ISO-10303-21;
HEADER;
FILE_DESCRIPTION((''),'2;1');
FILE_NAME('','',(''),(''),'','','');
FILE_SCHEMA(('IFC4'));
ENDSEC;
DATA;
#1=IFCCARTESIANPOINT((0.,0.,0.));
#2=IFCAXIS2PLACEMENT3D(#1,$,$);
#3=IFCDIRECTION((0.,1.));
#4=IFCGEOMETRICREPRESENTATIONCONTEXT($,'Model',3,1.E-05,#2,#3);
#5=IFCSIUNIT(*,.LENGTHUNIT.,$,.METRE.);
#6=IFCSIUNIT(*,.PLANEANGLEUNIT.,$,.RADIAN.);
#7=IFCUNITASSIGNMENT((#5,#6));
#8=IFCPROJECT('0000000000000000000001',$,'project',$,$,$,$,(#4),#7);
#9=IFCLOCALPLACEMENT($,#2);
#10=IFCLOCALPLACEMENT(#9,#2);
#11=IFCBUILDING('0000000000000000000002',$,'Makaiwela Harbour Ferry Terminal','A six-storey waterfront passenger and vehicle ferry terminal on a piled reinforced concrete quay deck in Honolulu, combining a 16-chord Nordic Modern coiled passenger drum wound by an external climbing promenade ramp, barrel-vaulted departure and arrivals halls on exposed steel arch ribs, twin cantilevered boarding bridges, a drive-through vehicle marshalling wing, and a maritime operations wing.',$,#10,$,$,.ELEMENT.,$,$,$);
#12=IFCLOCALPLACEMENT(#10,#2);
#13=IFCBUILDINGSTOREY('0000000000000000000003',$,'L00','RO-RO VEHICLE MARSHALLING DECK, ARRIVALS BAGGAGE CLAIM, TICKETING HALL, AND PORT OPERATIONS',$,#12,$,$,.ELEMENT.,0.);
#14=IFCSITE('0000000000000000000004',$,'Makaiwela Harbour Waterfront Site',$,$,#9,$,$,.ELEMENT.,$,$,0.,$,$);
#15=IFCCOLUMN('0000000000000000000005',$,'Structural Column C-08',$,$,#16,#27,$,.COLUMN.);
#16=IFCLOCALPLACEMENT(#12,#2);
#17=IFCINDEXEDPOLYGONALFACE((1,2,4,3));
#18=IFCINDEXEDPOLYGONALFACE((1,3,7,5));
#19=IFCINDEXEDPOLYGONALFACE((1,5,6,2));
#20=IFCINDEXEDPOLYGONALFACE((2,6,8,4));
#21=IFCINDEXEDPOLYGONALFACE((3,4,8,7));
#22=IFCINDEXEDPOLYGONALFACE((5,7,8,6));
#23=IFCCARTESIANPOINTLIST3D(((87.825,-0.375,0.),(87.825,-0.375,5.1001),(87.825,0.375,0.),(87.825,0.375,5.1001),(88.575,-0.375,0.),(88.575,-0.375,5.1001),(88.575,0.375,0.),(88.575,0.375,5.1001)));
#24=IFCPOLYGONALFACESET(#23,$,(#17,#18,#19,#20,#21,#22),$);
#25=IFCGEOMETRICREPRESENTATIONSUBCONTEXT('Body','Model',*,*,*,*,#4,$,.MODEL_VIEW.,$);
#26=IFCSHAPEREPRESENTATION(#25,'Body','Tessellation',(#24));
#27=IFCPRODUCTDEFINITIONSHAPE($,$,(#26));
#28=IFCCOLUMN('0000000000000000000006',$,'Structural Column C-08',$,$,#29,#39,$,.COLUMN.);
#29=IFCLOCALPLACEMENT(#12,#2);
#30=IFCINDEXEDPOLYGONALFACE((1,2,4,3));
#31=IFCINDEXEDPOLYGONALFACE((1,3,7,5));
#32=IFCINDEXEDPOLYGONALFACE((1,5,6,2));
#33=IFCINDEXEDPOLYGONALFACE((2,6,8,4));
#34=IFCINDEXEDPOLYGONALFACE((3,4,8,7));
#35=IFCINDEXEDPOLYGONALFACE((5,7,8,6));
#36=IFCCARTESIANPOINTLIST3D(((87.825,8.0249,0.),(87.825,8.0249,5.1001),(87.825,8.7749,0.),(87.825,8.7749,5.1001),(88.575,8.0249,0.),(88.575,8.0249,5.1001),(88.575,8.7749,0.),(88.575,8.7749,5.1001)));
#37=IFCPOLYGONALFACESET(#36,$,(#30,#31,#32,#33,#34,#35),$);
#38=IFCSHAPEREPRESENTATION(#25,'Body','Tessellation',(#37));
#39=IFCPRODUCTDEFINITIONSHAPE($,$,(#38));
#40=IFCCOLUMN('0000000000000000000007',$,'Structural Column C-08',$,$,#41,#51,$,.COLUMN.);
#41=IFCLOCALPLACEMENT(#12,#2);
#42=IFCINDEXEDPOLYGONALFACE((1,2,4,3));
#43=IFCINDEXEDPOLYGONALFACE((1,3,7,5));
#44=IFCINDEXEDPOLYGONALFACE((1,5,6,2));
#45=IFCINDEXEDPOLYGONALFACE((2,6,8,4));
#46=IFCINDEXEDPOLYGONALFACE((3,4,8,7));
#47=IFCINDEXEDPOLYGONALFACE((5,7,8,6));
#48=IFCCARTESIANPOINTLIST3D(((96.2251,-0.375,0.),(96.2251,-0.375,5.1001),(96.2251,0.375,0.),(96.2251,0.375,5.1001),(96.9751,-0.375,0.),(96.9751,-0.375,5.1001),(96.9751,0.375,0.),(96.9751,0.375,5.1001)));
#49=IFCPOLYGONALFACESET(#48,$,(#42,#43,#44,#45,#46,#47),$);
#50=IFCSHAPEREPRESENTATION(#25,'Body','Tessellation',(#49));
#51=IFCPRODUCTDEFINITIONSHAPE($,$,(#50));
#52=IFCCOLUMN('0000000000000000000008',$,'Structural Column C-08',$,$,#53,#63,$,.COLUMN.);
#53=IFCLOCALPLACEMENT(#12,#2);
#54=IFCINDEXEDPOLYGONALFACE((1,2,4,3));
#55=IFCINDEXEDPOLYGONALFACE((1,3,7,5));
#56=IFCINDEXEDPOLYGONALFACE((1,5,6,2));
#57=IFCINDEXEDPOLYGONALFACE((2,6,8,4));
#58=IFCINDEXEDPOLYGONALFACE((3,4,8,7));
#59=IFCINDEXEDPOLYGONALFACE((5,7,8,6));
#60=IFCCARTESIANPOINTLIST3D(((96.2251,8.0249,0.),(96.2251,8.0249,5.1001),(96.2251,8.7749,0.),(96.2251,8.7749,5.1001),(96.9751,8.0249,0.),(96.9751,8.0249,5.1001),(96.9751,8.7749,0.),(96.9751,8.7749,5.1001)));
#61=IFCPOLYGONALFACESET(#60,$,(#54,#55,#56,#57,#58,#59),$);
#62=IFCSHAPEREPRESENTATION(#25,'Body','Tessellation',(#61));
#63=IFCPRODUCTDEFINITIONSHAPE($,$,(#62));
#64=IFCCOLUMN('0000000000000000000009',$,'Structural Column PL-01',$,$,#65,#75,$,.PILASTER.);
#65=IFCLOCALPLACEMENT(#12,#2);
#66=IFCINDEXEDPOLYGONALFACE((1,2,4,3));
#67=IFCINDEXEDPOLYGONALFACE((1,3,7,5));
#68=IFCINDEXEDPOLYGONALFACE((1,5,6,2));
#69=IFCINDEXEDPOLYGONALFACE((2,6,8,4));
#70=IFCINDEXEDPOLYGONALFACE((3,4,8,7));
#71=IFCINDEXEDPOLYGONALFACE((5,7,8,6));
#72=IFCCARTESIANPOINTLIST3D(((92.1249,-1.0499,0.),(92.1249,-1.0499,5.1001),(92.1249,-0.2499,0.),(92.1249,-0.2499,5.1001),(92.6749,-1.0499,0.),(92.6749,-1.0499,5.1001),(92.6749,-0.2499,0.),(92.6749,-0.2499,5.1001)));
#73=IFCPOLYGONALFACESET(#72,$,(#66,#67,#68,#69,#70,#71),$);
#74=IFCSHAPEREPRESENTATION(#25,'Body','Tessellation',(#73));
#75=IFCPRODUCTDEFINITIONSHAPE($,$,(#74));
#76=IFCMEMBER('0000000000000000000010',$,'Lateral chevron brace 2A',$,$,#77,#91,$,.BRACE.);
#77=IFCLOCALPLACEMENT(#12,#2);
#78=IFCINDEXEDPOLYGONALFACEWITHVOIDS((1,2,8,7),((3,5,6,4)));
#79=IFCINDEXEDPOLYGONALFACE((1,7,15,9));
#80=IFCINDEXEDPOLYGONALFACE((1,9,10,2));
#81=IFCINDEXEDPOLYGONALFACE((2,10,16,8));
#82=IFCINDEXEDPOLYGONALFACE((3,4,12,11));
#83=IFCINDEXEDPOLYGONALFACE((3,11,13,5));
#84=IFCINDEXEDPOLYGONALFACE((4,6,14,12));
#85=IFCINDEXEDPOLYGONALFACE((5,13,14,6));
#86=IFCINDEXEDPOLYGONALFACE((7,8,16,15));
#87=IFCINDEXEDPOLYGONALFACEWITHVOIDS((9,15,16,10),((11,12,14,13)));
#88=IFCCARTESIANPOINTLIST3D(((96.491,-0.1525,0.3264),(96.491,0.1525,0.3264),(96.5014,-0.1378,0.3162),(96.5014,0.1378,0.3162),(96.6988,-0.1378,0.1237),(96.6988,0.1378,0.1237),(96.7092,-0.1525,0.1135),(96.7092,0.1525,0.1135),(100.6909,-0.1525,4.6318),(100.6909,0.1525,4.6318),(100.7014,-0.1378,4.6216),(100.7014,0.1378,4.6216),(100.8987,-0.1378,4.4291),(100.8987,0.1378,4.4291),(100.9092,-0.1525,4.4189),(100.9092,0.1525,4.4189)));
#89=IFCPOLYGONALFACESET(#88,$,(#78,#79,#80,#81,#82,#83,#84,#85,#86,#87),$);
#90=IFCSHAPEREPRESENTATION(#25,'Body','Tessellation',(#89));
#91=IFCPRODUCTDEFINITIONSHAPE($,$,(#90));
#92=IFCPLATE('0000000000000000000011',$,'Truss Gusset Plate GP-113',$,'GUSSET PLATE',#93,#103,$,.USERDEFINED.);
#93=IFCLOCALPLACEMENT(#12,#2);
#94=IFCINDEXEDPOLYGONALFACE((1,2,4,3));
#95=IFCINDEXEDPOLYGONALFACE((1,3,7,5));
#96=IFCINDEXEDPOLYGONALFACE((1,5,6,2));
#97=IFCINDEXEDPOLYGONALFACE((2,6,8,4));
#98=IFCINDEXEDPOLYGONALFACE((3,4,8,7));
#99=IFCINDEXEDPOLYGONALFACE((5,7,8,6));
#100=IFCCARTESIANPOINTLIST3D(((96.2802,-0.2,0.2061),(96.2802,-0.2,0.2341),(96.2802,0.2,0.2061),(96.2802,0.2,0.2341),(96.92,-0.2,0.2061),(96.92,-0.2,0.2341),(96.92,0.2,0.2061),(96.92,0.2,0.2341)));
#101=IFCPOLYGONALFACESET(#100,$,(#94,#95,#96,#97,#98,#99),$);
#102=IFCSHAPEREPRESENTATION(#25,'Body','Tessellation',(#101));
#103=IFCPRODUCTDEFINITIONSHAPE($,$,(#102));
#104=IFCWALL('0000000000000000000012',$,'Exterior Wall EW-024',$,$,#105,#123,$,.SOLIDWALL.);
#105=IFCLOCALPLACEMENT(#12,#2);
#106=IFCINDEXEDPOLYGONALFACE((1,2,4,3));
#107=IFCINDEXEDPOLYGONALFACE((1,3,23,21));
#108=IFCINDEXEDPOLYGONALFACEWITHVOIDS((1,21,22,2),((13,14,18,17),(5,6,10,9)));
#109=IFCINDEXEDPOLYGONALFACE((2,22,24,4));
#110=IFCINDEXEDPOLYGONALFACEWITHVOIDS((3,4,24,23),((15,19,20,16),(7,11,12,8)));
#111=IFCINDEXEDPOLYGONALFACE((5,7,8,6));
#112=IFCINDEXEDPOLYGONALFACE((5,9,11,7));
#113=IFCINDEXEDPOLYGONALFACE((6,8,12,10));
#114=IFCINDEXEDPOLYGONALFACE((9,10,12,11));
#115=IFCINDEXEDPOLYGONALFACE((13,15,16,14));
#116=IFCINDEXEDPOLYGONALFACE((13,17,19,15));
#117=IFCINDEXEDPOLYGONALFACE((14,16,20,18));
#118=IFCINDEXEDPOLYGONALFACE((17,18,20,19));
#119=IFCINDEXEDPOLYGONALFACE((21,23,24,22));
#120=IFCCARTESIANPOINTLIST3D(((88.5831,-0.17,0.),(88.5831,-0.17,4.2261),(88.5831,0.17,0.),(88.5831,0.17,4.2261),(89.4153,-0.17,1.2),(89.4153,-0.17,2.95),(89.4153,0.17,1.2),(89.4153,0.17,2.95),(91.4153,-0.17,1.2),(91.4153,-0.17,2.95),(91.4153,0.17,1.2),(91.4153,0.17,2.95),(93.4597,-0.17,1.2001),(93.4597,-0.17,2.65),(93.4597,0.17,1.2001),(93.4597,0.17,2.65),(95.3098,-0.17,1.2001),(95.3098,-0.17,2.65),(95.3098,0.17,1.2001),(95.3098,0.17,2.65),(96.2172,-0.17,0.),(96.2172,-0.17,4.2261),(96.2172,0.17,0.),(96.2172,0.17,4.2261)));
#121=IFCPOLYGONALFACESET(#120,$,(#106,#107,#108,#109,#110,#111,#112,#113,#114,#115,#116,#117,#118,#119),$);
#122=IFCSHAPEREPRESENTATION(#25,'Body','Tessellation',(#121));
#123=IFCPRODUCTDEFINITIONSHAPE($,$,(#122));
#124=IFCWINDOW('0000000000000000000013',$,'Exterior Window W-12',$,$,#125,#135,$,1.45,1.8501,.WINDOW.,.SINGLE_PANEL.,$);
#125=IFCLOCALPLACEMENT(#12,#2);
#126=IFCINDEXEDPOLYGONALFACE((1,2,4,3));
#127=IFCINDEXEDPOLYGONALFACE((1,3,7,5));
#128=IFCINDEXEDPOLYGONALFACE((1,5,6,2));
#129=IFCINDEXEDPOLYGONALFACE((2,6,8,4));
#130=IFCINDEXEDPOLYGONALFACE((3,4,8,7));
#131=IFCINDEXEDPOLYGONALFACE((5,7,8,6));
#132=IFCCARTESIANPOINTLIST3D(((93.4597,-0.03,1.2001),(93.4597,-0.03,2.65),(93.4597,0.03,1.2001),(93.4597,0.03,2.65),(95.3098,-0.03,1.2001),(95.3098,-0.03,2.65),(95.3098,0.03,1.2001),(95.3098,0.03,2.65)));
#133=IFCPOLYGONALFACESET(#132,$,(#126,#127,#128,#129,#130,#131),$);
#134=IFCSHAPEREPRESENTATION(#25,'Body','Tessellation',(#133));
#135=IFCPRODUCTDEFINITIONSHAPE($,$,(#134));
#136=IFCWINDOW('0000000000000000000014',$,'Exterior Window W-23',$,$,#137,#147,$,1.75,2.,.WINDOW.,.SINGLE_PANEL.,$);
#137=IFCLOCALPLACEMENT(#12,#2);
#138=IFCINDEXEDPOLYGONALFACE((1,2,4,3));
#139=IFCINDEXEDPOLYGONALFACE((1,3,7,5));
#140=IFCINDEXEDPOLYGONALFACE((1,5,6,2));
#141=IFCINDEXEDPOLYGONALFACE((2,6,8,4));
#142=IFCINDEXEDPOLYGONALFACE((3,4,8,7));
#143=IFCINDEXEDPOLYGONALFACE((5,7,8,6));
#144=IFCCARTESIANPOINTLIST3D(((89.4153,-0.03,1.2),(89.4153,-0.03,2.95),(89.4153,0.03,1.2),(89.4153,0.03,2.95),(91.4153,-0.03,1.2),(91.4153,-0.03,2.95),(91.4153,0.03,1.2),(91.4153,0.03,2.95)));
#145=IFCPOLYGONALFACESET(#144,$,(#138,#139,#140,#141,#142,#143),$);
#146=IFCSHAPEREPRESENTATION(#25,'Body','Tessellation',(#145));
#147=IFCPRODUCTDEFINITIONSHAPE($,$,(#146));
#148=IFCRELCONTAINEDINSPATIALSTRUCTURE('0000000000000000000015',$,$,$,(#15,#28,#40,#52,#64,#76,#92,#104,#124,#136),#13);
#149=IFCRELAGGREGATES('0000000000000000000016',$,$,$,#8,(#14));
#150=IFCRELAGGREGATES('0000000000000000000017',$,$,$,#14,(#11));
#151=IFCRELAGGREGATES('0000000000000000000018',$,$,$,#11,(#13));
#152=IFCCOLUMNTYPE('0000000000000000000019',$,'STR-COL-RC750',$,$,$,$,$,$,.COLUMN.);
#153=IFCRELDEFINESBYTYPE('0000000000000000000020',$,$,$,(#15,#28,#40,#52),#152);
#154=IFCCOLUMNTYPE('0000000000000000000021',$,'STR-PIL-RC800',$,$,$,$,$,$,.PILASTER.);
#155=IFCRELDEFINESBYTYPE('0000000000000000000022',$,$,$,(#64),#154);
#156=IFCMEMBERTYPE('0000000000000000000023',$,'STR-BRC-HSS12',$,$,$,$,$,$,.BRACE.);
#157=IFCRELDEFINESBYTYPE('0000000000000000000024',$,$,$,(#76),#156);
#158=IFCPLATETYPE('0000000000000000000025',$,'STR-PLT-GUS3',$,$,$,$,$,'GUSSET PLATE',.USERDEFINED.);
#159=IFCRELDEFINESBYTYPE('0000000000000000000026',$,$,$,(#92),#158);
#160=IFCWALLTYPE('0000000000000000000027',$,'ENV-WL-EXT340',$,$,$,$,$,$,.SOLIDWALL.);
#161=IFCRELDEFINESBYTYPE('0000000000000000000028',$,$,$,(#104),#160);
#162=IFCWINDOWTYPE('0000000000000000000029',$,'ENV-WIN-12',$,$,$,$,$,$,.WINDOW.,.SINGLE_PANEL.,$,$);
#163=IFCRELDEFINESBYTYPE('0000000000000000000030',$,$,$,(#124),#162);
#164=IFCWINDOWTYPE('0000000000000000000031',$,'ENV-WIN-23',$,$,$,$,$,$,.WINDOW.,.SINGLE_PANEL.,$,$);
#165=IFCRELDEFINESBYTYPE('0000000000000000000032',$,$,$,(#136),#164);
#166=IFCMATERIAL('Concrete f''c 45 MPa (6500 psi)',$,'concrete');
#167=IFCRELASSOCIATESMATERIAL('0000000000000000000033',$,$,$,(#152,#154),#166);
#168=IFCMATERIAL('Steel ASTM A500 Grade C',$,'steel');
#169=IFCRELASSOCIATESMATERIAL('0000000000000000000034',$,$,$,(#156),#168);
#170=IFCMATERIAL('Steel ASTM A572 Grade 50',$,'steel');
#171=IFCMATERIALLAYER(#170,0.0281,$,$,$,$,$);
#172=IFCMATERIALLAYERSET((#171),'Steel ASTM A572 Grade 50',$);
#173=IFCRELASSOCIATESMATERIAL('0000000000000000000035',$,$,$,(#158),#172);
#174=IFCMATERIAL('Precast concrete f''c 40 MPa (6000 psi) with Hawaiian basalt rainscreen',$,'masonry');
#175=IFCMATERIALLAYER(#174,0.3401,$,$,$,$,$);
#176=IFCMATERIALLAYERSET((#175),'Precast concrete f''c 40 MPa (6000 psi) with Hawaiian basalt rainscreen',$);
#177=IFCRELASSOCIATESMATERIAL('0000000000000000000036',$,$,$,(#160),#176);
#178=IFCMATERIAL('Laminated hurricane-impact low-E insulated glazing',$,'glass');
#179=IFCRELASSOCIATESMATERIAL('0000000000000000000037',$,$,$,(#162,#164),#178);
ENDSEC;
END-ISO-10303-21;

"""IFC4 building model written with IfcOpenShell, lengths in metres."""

from ifc_helpers import new_model, si_unit, direction, frame, frame_2d, origin, origin_2d, place, context, subcontext, project, spatial, rectangle, hollow_rectangle, extrude, material, layer, layer_set, material_profile, profile_set, type_object, element, fill, save


model = new_model("IFC4")

# Units and contexts
model_context = context("Model", 3, precision=1e-05, world=origin(), true_north=direction((0.0, 1.0)))
body_context = subcontext(model_context, "Body", "Model", "MODEL_VIEW")
ifc_project = project(units=[si_unit("LENGTHUNIT", "METRE"), si_unit("PLANEANGLEUNIT", "RADIAN")], contexts=[model_context])

# Site, building, storey
site_placement = place(None, origin())
site = spatial("IfcSite", under=ifc_project, at=site_placement, Name="Makaiwela Harbour Waterfront Site", CompositionType="ELEMENT", RefElevation=0.0)
building_placement = place(site_placement, origin())
building = spatial("IfcBuilding", under=site, at=building_placement, Name="Makaiwela Harbour Ferry Terminal", Description="A six-storey waterfront passenger and vehicle ferry terminal on a piled reinforced concrete quay deck in Honolulu, combining a 16-chord Nordic Modern coiled passenger drum wound by an external climbing promenade ramp, barrel-vaulted departure and arrivals halls on exposed steel arch ribs, twin cantilevered boarding bridges, a drive-through vehicle marshalling wing, and a maritime operations wing.", CompositionType="ELEMENT")
storey_placement = place(building_placement, origin())
storey = spatial("IfcBuildingStorey", under=building, at=storey_placement, Name="L00", Description="RO-RO VEHICLE MARSHALLING DECK, ARRIVALS BAGGAGE CLAIM, TICKETING HALL, AND PORT OPERATIONS", CompositionType="ELEMENT", Elevation=0.0)

# Shared definitions
ifc_material_1 = material(Name="Concrete f'c 45 MPa (6500 psi)", Category="concrete")

# Columns
ifc_material_profile_1 = material_profile(ifc_material_1, rectangle(XDim=0.75, YDim=0.75, at=origin_2d()), Name="RC-750X750")
ifc_profile_set_1 = profile_set([ifc_material_profile_1], Name="Concrete f'c 45 MPa (6500 psi)")
column_type_1 = type_object("IfcColumnType", Name="STR-COL-RC750", PredefinedType="COLUMN", material=ifc_profile_set_1)
for number, where, z_axis, x_axis, name in (
    (1, (88.2, 0.0, 0.0), (0.0, 0.0, 1.0), (1.0, 0.0, 0.0), "Structural Column C-08"),
    (2, (88.2, 8.3999, 0.0), (0.0, 0.0, 1.0), (1.0, 0.0, 0.0), "Structural Column C-08"),
    (3, (96.6001, 0.0, 0.0), (0.0, 0.0, 1.0), (1.0, 0.0, 0.0), "Structural Column C-08"),
    (4, (96.6001, 8.3999, 0.0), (0.0, 0.0, 1.0), (1.0, 0.0, 0.0), "Structural Column C-08"),
):
    element("IfcColumn", number, at=place(storey_placement, frame(where, z_axis=z_axis, x_axis=x_axis)), inside=storey, type_object=column_type_1, Name=name, PredefinedType="COLUMN", context=body_context, shape_type="SweptSolid", body=[
        extrude(rectangle(XDim=0.75, YDim=0.75, at=origin_2d()), origin(), (0.0, 0.0, 1.0), 5.1001),
    ])
ifc_material_profile_2 = material_profile(ifc_material_1, rectangle(XDim=0.55, YDim=0.8, at=origin_2d()), Name="RC-800X550")
ifc_profile_set_2 = profile_set([ifc_material_profile_2], Name="Concrete f'c 45 MPa (6500 psi)")
column_type_2 = type_object("IfcColumnType", Name="STR-PIL-RC800", PredefinedType="PILASTER", material=ifc_profile_set_2)
column_placement = place(storey_placement, frame((92.3999, -0.6499, 0.0), z_axis=(0.0, 0.0, 1.0), x_axis=(1.0, 0.0, 0.0)))
element("IfcColumn", 5, at=column_placement, inside=storey, type_object=column_type_2, Name="Structural Column PL-01", PredefinedType="PILASTER", context=body_context, shape_type="SweptSolid", body=[
    extrude(rectangle(XDim=0.55, YDim=0.8, at=origin_2d()), origin(), (0.0, 0.0, 1.0), 5.1001),
])

# Member
ifc_material_2 = material(Name="Steel ASTM A500 Grade C", Category="steel")
ifc_material_profile_3 = material_profile(ifc_material_2, hollow_rectangle(XDim=0.3049, YDim=0.3049, WallThickness=0.0146, at=origin_2d()), Name="HSS12X12X5/8")
ifc_profile_set_3 = profile_set([ifc_material_profile_3], Name="Steel ASTM A500 Grade C")
member_type = type_object("IfcMemberType", Name="STR-BRC-HSS12", PredefinedType="BRACE", material=ifc_profile_set_3)
member_placement = place(storey_placement, frame((96.6001, 0.0, 0.22), z_axis=(0.698285, 0.0, 0.71582), x_axis=(0.0, 1.0, 0.0)))
element("IfcMember", 6, at=member_placement, inside=storey, type_object=member_type, Name="Lateral chevron brace 2A", PredefinedType="BRACE", context=body_context, shape_type="SweptSolid", body=[
    extrude(hollow_rectangle(XDim=0.3049, YDim=0.3049, WallThickness=0.0146, at=origin_2d()), origin(), (0.0, 0.0, 1.0), 6.0146),
])

# Plate
ifc_material_3 = material(Name="Steel ASTM A572 Grade 50", Category="steel")
ifc_layer_1 = layer(ifc_material_3, 0.0281)
ifc_layer_set_1 = layer_set([ifc_layer_1], Name="Steel ASTM A572 Grade 50")
plate_type = type_object("IfcPlateType", Name="STR-PLT-GUS3", ElementType="GUSSET PLATE", PredefinedType="USERDEFINED", material=ifc_layer_set_1)
plate_placement = place(storey_placement, frame((96.6001, 0.0, 0.2061), z_axis=(0.0, 0.0, 1.0), x_axis=(1.0, 0.0, 0.0)))
element("IfcPlate", 7, at=plate_placement, inside=storey, type_object=plate_type, Name="Truss Gusset Plate GP-113", ObjectType="GUSSET PLATE", PredefinedType="USERDEFINED", context=body_context, shape_type="SweptSolid", body=[
    extrude(rectangle(XDim=0.6399, YDim=0.3999, at=origin_2d()), origin(), (0.0, 0.0, 1.0), 0.0281),
])

# Wall, openings, windows
ifc_material_4 = material(Name="Precast concrete f'c 40 MPa (6000 psi) with Hawaiian basalt rainscreen", Category="masonry")
ifc_layer_2 = layer(ifc_material_4, 0.3401)
ifc_layer_set_2 = layer_set([ifc_layer_2], Name="Precast concrete f'c 40 MPa (6000 psi) with Hawaiian basalt rainscreen")
wall_type_1 = type_object("IfcWallType", Name="ENV-WL-EXT340", PredefinedType="SOLIDWALL", material=ifc_layer_set_2)
wall_1_placement = place(storey_placement, frame((96.217, 0.0, 0.0), z_axis=(0.0, 0.0, 1.0), x_axis=(-1.0, 0.0, 0.0)))
wall_1 = element("IfcWall", 8, at=wall_1_placement, inside=storey, type_object=wall_type_1, Name="Exterior Wall EW-024", PredefinedType="SOLIDWALL", context=body_context, shape_type="SweptSolid", body=[
    extrude(rectangle(XDim=7.634, YDim=0.3401, at=frame_2d((3.8169, 0.0))), origin(), (0.0, 0.0, 1.0), 4.2261),
])
opening_1_placement = place(wall_1_placement, frame((0.9072, 0.0, 1.2)))
opening_1 = element("IfcOpeningElement", 9, at=opening_1_placement, cuts=wall_1, PredefinedType="OPENING", context=body_context, shape_type="SweptSolid", body=[
    extrude(rectangle(XDim=1.8501, YDim=1.45, at=frame_2d((0.925, 0.7251))), frame((0.0, 0.1799, 0.0), z_axis=(0.0, -1.0, 0.0), x_axis=(1.0, 0.0, 0.0)), (0.0, 0.0, 1.0), 0.3601),
])
opening_2_placement = place(wall_1_placement, frame((4.8018, 0.0, 1.2)))
opening_2 = element("IfcOpeningElement", 10, at=opening_2_placement, cuts=wall_1, PredefinedType="OPENING", context=body_context, shape_type="SweptSolid", body=[
    extrude(rectangle(XDim=2.0, YDim=1.75, at=frame_2d((1.0, 0.875))), frame((0.0, 0.1799, 0.0), z_axis=(0.0, -1.0, 0.0), x_axis=(1.0, 0.0, 0.0)), (0.0, 0.0, 1.0), 0.3601),
])
ifc_material_5 = material(Name="Laminated hurricane-impact low-E insulated glazing", Category="glass")
window_type_1 = type_object("IfcWindowType", Name="ENV-WIN-12", PartitioningType="SINGLE_PANEL", PredefinedType="WINDOW", material=ifc_material_5)
window_1_placement = place(opening_1_placement, origin())
window_1 = element("IfcWindow", 11, at=window_1_placement, inside=storey, type_object=window_type_1, Name="Exterior Window W-12", OverallHeight=1.45, OverallWidth=1.8501, PartitioningType="SINGLE_PANEL", PredefinedType="WINDOW", context=body_context, shape_type="SweptSolid", body=[
    extrude(rectangle(XDim=1.8501, YDim=1.45, at=frame_2d((0.925, 0.7251))), frame((0.0, 0.03, 0.0), z_axis=(0.0, -1.0, 0.0), x_axis=(1.0, 0.0, 0.0)), (0.0, 0.0, 1.0), 0.0601),
])
fill(opening_1, window_1)
window_type_2 = type_object("IfcWindowType", Name="ENV-WIN-23", PartitioningType="SINGLE_PANEL", PredefinedType="WINDOW", material=ifc_material_5)
window_2_placement = place(opening_2_placement, origin())
window_2 = element("IfcWindow", 12, at=window_2_placement, inside=storey, type_object=window_type_2, Name="Exterior Window W-23", OverallHeight=1.75, OverallWidth=2.0, PartitioningType="SINGLE_PANEL", PredefinedType="WINDOW", context=body_context, shape_type="SweptSolid", body=[
    extrude(rectangle(XDim=2.0, YDim=1.75, at=frame_2d((1.0, 0.875))), frame((0.0, 0.03, 0.0), z_axis=(0.0, -1.0, 0.0), x_axis=(1.0, 0.0, 0.0)), (0.0, 0.0, 1.0), 0.0601),
])
fill(opening_2, window_2)

save(model, "model.ifc")
